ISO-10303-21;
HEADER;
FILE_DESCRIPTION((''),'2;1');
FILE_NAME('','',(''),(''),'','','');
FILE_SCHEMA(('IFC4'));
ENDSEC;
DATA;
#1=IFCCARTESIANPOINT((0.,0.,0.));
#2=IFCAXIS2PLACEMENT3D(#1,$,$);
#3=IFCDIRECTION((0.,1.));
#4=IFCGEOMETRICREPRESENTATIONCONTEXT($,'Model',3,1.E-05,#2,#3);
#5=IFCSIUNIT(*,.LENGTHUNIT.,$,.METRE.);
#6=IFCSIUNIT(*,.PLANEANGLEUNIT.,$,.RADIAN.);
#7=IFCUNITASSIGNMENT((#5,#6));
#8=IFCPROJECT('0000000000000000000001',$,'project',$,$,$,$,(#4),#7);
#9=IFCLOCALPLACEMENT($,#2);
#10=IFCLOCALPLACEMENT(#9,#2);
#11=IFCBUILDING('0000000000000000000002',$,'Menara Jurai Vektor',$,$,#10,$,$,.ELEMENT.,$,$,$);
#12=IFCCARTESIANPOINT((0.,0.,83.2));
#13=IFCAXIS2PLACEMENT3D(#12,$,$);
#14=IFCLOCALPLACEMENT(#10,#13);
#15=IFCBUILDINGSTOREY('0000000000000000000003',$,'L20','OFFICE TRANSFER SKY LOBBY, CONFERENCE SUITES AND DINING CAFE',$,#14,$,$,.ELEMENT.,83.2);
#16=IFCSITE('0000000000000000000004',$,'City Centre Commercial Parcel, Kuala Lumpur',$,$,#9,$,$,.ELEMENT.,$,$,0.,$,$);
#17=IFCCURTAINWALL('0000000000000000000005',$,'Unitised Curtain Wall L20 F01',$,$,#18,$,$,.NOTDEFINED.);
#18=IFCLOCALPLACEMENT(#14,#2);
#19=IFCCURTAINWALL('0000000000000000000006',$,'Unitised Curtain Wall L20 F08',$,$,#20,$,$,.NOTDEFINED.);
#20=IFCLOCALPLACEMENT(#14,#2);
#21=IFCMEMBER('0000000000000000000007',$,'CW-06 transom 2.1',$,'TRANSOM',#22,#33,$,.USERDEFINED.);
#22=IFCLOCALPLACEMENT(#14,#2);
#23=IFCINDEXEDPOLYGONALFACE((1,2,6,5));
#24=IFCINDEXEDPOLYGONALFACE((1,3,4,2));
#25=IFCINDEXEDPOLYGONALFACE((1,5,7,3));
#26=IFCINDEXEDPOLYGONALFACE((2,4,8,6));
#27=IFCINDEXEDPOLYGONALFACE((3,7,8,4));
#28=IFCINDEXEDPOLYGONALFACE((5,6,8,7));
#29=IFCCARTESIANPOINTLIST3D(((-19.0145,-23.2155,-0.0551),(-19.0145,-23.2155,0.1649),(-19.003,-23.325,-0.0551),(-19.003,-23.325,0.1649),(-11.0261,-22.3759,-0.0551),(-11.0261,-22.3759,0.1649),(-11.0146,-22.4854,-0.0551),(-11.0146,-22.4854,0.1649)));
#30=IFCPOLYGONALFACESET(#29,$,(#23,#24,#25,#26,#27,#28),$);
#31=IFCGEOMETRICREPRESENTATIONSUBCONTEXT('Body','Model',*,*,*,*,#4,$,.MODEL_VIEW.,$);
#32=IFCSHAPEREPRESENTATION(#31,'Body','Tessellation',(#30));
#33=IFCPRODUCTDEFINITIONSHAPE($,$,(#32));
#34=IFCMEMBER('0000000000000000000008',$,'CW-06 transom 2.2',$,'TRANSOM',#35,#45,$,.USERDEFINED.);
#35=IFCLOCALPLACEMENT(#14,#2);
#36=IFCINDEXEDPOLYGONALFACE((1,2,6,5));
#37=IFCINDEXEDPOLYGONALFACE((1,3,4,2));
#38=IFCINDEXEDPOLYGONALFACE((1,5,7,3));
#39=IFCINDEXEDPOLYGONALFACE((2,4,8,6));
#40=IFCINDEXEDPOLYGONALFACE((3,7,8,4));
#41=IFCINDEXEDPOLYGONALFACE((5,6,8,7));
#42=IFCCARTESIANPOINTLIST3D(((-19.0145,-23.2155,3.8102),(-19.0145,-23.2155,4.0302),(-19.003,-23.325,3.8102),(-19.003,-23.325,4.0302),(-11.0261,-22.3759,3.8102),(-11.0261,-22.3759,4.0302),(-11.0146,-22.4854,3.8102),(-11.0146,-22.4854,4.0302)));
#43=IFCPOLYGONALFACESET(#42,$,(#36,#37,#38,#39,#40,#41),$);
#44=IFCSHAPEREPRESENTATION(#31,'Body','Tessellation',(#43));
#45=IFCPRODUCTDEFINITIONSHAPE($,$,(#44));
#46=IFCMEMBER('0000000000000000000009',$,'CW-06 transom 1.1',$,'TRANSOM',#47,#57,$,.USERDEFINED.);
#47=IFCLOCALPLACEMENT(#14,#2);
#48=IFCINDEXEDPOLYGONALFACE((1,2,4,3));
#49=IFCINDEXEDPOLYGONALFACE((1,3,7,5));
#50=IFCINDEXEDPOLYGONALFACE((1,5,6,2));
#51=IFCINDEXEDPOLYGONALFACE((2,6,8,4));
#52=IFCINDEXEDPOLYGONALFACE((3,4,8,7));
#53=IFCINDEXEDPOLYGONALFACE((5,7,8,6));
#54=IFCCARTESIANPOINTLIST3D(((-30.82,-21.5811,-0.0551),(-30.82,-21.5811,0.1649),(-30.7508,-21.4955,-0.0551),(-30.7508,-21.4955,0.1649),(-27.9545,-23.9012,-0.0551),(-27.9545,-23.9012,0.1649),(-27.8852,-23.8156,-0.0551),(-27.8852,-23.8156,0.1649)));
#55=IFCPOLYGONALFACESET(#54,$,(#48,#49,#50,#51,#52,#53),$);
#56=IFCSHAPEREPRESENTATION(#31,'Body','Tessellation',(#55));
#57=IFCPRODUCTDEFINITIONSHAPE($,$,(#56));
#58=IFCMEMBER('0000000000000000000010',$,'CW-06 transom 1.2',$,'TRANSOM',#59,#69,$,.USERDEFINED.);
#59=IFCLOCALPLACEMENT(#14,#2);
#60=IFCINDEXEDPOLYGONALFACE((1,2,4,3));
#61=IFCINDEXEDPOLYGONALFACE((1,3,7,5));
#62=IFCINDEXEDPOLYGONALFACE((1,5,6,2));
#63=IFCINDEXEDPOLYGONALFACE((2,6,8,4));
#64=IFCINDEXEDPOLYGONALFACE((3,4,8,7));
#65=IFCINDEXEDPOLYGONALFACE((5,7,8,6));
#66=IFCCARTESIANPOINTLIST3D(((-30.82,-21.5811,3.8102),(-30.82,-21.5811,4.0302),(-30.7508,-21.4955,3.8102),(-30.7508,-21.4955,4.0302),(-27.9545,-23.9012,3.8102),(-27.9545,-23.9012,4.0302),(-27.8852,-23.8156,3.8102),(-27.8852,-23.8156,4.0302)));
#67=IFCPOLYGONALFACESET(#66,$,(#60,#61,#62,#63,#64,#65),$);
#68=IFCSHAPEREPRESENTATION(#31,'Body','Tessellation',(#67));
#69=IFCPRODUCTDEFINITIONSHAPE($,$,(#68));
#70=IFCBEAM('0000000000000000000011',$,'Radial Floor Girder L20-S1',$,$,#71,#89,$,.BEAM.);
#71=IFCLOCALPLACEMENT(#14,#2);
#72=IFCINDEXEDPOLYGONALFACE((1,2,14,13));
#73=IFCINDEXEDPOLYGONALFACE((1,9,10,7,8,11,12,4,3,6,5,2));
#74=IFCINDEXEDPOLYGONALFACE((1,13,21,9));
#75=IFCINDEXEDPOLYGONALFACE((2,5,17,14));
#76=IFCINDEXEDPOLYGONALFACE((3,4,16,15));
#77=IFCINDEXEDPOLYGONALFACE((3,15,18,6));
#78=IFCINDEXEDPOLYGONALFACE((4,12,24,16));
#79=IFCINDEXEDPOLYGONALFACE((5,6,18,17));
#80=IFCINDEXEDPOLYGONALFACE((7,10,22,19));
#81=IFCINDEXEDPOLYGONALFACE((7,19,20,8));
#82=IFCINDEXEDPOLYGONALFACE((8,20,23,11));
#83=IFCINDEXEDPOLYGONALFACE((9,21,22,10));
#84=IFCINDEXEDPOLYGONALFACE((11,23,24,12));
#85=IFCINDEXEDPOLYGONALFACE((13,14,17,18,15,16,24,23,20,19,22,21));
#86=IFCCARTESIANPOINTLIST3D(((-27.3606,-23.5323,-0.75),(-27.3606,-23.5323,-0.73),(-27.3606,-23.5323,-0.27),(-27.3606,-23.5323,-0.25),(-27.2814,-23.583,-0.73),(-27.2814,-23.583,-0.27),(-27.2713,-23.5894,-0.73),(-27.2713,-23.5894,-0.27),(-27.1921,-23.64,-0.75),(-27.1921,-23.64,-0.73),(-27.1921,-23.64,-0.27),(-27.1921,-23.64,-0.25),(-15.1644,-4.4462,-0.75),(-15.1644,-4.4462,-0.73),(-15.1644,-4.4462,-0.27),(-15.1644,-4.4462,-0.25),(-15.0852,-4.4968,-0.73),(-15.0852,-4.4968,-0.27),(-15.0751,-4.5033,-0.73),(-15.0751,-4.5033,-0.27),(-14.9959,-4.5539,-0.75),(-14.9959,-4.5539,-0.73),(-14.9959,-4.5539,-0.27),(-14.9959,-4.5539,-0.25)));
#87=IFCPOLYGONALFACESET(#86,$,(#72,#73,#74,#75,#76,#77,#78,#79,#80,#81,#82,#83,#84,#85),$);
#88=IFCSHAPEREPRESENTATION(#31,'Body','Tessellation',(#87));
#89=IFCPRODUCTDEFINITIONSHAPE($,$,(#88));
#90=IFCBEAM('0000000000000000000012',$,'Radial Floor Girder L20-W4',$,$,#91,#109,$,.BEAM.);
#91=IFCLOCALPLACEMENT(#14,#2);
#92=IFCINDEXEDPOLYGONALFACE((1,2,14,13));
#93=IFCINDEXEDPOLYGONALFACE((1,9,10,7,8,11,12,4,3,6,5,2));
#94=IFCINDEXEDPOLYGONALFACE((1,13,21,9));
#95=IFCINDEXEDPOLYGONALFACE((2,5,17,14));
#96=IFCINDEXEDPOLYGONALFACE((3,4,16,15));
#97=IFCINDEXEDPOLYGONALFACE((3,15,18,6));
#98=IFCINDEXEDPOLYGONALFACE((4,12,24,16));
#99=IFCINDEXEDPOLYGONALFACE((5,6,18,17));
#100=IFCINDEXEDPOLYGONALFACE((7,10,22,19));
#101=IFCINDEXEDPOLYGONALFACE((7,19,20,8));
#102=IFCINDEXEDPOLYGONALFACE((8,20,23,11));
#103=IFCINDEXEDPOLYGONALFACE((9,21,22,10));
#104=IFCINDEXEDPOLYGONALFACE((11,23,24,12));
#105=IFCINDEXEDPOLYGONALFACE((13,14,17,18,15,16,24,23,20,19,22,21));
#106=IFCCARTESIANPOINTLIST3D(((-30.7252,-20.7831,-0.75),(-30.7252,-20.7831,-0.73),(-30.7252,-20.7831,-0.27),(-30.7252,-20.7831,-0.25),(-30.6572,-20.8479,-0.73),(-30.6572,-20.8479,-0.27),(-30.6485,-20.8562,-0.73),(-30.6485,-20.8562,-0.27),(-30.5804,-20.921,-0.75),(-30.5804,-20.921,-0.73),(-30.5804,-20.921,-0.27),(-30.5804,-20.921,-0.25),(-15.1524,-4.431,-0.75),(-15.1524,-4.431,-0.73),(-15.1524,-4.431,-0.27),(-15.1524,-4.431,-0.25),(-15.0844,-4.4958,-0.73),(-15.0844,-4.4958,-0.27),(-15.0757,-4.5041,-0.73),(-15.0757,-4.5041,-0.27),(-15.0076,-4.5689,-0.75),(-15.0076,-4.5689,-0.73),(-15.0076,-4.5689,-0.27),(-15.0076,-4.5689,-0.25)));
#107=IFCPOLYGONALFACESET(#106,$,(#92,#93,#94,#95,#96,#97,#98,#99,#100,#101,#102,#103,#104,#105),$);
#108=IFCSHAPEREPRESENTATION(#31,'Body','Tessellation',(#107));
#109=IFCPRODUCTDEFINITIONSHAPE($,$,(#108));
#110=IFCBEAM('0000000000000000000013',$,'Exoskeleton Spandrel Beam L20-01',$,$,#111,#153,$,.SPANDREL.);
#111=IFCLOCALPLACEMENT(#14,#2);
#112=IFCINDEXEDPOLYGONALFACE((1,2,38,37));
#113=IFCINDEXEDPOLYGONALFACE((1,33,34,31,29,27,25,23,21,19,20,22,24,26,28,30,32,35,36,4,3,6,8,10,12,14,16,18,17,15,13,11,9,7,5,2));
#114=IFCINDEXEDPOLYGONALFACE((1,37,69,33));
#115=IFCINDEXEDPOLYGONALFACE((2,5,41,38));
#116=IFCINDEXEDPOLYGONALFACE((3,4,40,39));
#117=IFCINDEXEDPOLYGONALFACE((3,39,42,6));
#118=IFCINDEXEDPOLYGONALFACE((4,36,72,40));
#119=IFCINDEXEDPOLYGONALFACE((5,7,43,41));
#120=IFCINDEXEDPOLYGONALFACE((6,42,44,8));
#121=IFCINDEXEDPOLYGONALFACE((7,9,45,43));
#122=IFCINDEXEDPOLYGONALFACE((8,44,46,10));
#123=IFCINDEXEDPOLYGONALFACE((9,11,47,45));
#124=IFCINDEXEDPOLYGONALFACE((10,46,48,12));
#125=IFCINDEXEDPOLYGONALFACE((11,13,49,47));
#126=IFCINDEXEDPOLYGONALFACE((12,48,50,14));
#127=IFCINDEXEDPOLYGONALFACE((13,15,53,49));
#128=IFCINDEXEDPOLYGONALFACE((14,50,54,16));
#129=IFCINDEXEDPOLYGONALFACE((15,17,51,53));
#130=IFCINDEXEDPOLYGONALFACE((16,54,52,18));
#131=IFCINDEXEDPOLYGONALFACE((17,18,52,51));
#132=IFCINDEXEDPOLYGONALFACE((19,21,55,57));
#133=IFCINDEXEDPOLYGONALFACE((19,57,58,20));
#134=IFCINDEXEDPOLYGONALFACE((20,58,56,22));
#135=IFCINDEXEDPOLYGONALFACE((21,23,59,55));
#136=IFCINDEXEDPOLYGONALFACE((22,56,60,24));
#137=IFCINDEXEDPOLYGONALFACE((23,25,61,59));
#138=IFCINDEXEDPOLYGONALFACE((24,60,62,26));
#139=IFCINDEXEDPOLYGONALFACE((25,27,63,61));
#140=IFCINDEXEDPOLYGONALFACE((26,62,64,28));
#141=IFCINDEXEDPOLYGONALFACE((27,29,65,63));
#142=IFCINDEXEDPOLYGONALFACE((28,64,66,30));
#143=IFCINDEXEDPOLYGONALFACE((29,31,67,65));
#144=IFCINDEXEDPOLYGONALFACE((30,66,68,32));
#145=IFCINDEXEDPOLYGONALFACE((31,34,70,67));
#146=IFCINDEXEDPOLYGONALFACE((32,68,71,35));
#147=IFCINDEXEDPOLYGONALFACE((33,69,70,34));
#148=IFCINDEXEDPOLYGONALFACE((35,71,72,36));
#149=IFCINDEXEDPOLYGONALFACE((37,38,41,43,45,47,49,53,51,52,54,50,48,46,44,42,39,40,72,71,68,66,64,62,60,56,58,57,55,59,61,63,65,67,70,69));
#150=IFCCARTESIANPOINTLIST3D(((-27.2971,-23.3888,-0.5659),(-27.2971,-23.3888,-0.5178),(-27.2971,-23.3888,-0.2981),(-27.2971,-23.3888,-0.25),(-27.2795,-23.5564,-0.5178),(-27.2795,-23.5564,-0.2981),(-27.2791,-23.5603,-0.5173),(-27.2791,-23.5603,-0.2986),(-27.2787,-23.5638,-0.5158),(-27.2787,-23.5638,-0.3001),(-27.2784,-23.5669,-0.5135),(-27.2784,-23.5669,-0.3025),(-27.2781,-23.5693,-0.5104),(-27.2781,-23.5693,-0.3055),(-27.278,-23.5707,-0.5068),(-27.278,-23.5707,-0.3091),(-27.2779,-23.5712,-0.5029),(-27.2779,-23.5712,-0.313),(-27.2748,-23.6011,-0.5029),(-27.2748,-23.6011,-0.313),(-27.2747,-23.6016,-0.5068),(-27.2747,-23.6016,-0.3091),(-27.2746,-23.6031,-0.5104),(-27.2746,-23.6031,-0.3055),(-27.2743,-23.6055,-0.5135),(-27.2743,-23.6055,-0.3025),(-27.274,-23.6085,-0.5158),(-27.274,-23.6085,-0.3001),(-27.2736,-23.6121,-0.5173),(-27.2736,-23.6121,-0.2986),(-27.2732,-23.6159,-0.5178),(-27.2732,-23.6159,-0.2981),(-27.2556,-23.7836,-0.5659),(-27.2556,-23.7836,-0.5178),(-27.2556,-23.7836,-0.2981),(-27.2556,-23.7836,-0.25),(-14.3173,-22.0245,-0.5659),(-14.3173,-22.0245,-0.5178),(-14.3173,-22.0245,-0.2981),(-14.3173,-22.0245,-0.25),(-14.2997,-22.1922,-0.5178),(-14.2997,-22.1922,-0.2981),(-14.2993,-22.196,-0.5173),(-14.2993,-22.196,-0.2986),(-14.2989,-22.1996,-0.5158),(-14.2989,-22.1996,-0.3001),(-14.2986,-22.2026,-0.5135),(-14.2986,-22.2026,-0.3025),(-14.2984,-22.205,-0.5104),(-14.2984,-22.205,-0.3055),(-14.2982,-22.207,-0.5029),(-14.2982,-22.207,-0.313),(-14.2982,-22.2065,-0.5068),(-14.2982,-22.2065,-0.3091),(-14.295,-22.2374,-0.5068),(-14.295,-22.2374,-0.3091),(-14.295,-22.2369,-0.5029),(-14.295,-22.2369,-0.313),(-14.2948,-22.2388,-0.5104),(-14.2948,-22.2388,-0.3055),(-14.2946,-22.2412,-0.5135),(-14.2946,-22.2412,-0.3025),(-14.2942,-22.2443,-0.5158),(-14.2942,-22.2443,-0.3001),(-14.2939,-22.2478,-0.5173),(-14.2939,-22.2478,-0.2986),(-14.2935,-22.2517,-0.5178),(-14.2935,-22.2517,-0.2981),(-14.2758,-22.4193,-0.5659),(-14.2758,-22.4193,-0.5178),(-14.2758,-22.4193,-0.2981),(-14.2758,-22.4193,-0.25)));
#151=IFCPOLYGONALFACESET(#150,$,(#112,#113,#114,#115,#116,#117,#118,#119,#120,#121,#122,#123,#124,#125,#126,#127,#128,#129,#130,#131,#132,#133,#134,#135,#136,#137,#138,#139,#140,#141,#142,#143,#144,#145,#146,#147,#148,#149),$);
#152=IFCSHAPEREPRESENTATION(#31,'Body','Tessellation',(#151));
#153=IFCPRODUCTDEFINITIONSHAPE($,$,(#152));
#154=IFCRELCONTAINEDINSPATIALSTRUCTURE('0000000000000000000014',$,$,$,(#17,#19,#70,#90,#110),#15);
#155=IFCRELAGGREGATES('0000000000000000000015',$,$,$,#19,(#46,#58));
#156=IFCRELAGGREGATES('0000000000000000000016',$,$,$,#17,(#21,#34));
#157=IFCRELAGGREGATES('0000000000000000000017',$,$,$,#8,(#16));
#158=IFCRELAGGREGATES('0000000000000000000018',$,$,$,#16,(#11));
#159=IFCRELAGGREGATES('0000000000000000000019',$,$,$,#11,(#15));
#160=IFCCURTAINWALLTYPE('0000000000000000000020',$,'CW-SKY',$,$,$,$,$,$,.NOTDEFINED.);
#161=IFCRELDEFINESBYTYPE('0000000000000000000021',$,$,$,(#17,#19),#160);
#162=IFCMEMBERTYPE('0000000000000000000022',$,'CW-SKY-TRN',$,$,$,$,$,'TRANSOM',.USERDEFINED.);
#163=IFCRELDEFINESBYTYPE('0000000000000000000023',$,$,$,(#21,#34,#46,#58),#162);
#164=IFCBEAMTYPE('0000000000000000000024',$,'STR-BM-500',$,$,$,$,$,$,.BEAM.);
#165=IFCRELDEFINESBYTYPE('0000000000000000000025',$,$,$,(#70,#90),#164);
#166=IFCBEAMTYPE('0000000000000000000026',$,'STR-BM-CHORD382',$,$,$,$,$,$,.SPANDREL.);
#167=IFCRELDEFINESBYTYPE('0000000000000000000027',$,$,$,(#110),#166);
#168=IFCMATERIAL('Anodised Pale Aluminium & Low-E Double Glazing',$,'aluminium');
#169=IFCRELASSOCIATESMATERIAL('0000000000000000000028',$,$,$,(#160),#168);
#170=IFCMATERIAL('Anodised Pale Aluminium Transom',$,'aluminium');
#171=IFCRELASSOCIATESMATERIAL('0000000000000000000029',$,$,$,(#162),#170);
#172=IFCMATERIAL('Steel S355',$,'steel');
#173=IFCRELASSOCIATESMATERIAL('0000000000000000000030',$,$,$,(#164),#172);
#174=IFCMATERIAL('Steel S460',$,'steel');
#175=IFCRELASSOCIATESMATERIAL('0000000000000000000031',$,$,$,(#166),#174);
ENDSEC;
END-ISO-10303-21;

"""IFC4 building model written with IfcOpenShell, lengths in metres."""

from ifc_helpers import new_model, si_unit, direction, frame, origin, origin_2d, place, context, subcontext, project, spatial, rectangle, i_section, extrude, material, material_profile, profile_set, type_object, element, aggregate, save


model = new_model("IFC4")

# Units and contexts
model_context = context("Model", 3, precision=1e-05, world=origin(), true_north=direction((0.0, 1.0)))
body_context = subcontext(model_context, "Body", "Model", "MODEL_VIEW")
ifc_project = project(units=[si_unit("LENGTHUNIT", "METRE"), si_unit("PLANEANGLEUNIT", "RADIAN")], contexts=[model_context])

# Site, building, storey
site_placement = place(None, origin())
site = spatial("IfcSite", under=ifc_project, at=site_placement, Name="City Centre Commercial Parcel, Kuala Lumpur", CompositionType="ELEMENT", RefElevation=0.0)
building_placement = place(site_placement, origin())
building = spatial("IfcBuilding", under=site, at=building_placement, Name="Menara Jurai Vektor", CompositionType="ELEMENT")
storey_placement = place(building_placement, frame((0.0, 0.0, 83.2)))
storey = spatial("IfcBuildingStorey", under=building, at=storey_placement, Name="L20", Description="OFFICE TRANSFER SKY LOBBY, CONFERENCE SUITES AND DINING CAFE", CompositionType="ELEMENT", Elevation=83.2)

# Shared definitions
ifc_material_1 = material(Name="Steel S460", Category="steel")

# Curtain wall
ifc_material_2 = material(Name="Anodised Pale Aluminium & Low-E Double Glazing", Category="aluminium")
curtain_wall_type = type_object("IfcCurtainWallType", Name="CW-SKY", PredefinedType="NOTDEFINED", material=ifc_material_2)
curtain_wall_1_placement = place(storey_placement, origin())
curtain_wall_1 = element("IfcCurtainWall", 1, at=curtain_wall_1_placement, inside=storey, type_object=curtain_wall_type, Name="Unitised Curtain Wall L20 F01", PredefinedType="NOTDEFINED")

# Curtain wall
curtain_wall_2_placement = place(storey_placement, origin())
curtain_wall_2 = element("IfcCurtainWall", 2, at=curtain_wall_2_placement, inside=storey, type_object=curtain_wall_type, Name="Unitised Curtain Wall L20 F08", PredefinedType="NOTDEFINED")

# Members
ifc_material_3 = material(Name="Anodised Pale Aluminium Transom", Category="aluminium")
ifc_material_profile_1 = material_profile(ifc_material_3, rectangle(XDim=0.1101, YDim=0.22, at=origin_2d()), Name="ALU TRN 110x220")
ifc_profile_set_1 = profile_set([ifc_material_profile_1], Name="Anodised Pale Aluminium Transom")
member_type_1 = type_object("IfcMemberType", Name="CW-SKY-TRN", ElementType="TRANSOM", PredefinedType="USERDEFINED", material=ifc_profile_set_1)
member_1_placement = place(storey_placement, frame((-19.0088, -23.2703, 0.0549), z_axis=(0.994522, 0.104525, 0.0), x_axis=(-0.104525, 0.994522, 0.0)))
member_1 = element("IfcMember", 3, at=member_1_placement, type_object=member_type_1, Name="CW-06 transom 2.1", ObjectType="TRANSOM", PredefinedType="USERDEFINED", context=body_context, shape_type="SweptSolid", body=[
    extrude(rectangle(XDim=0.1101, YDim=0.22, at=origin_2d()), origin(), (0.0, 0.0, 1.0), 8.0325),
])
member_2_placement = place(storey_placement, frame((-19.0088, -23.2703, 3.9202), z_axis=(0.994522, 0.104525, 0.0), x_axis=(-0.104525, 0.994522, 0.0)))
member_2 = element("IfcMember", 4, at=member_2_placement, type_object=member_type_1, Name="CW-06 transom 2.2", ObjectType="TRANSOM", PredefinedType="USERDEFINED", context=body_context, shape_type="SweptSolid", body=[
    extrude(rectangle(XDim=0.1101, YDim=0.22, at=origin_2d()), origin(), (0.0, 0.0, 1.0), 8.0325),
])
member_3_placement = place(storey_placement, frame((-30.7854, -21.5383, 0.0549), z_axis=(0.777192, -0.629263, 0.0), x_axis=(0.629263, 0.777192, 0.0)))
member_3 = element("IfcMember", 5, at=member_3_placement, type_object=member_type_1, Name="CW-06 transom 1.1", ObjectType="TRANSOM", PredefinedType="USERDEFINED", context=body_context, shape_type="SweptSolid", body=[
    extrude(rectangle(XDim=0.1101, YDim=0.22, at=origin_2d()), origin(), (0.0, 0.0, 1.0), 3.687),
])
member_4_placement = place(storey_placement, frame((-30.7854, -21.5383, 3.9202), z_axis=(0.777192, -0.629263, 0.0), x_axis=(0.629263, 0.777192, 0.0)))
member_4 = element("IfcMember", 6, at=member_4_placement, type_object=member_type_1, Name="CW-06 transom 1.2", ObjectType="TRANSOM", PredefinedType="USERDEFINED", context=body_context, shape_type="SweptSolid", body=[
    extrude(rectangle(XDim=0.1101, YDim=0.22, at=origin_2d()), origin(), (0.0, 0.0, 1.0), 3.687),
])

# Beams
ifc_material_4 = material(Name="Steel S355", Category="steel")
ifc_material_profile_2 = material_profile(ifc_material_4, i_section(OverallWidth=0.2, OverallDepth=0.5, WebThickness=0.012, FlangeThickness=0.02, at=origin_2d()), Name="PG 500x200x96")
ifc_profile_set_2 = profile_set([ifc_material_profile_2], Name="Steel S355")
beam_type_1 = type_object("IfcBeamType", Name="STR-BM-500", PredefinedType="BEAM", material=ifc_profile_set_2)
beam_1_placement = place(storey_placement, frame((-27.2764, -23.5862, -0.5), z_axis=(0.538463, 0.842649, 0.0), x_axis=(-0.842649, 0.538463, 0.0)))
element("IfcBeam", 7, at=beam_1_placement, inside=storey, type_object=beam_type_1, Name="Radial Floor Girder L20-S1", PredefinedType="BEAM", context=body_context, shape_type="SweptSolid", body=[
    extrude(i_section(OverallWidth=0.2, OverallDepth=0.5, WebThickness=0.012, FlangeThickness=0.02, at=origin_2d()), origin(), (0.0, 0.0, 1.0), 22.6501),
])
beam_2_placement = place(storey_placement, frame((-30.6528, -20.8521, -0.5), z_axis=(0.689641, 0.724152, 0.0), x_axis=(-0.724152, 0.689641, 0.0)))
element("IfcBeam", 8, at=beam_2_placement, inside=storey, type_object=beam_type_1, Name="Radial Floor Girder L20-W4", PredefinedType="BEAM", context=body_context, shape_type="SweptSolid", body=[
    extrude(i_section(OverallWidth=0.2, OverallDepth=0.5, WebThickness=0.012, FlangeThickness=0.02, at=origin_2d()), origin(), (0.0, 0.0, 1.0), 22.5811),
])
ifc_material_profile_3 = material_profile(ifc_material_1, i_section(OverallWidth=0.397, OverallDepth=0.3159, WebThickness=0.03, FlangeThickness=0.0481, FilletRadius=0.0149, at=origin_2d()), Name="HD 400x382")
ifc_profile_set_3 = profile_set([ifc_material_profile_3], Name="Steel S460")
beam_type_2 = type_object("IfcBeamType", Name="STR-BM-CHORD382", PredefinedType="SPANDREL", material=ifc_profile_set_3)
beam_3_placement = place(storey_placement, frame((-27.2764, -23.5862, -0.408), z_axis=(0.994522, 0.104531, 0.0), x_axis=(-0.104531, 0.994522, 0.0)))
element("IfcBeam", 9, at=beam_3_placement, inside=storey, type_object=beam_type_2, Name="Exoskeleton Spandrel Beam L20-01", PredefinedType="SPANDREL", context=body_context, shape_type="SweptSolid", body=[
    extrude(i_section(OverallWidth=0.397, OverallDepth=0.3159, WebThickness=0.03, FlangeThickness=0.0481, FilletRadius=0.0149, at=origin_2d()), origin(), (0.0, 0.0, 1.0), 13.0513),
])

aggregate(curtain_wall_2, [member_3, member_4])
aggregate(curtain_wall_1, [member_1, member_2])

save(model, "model.ifc")
